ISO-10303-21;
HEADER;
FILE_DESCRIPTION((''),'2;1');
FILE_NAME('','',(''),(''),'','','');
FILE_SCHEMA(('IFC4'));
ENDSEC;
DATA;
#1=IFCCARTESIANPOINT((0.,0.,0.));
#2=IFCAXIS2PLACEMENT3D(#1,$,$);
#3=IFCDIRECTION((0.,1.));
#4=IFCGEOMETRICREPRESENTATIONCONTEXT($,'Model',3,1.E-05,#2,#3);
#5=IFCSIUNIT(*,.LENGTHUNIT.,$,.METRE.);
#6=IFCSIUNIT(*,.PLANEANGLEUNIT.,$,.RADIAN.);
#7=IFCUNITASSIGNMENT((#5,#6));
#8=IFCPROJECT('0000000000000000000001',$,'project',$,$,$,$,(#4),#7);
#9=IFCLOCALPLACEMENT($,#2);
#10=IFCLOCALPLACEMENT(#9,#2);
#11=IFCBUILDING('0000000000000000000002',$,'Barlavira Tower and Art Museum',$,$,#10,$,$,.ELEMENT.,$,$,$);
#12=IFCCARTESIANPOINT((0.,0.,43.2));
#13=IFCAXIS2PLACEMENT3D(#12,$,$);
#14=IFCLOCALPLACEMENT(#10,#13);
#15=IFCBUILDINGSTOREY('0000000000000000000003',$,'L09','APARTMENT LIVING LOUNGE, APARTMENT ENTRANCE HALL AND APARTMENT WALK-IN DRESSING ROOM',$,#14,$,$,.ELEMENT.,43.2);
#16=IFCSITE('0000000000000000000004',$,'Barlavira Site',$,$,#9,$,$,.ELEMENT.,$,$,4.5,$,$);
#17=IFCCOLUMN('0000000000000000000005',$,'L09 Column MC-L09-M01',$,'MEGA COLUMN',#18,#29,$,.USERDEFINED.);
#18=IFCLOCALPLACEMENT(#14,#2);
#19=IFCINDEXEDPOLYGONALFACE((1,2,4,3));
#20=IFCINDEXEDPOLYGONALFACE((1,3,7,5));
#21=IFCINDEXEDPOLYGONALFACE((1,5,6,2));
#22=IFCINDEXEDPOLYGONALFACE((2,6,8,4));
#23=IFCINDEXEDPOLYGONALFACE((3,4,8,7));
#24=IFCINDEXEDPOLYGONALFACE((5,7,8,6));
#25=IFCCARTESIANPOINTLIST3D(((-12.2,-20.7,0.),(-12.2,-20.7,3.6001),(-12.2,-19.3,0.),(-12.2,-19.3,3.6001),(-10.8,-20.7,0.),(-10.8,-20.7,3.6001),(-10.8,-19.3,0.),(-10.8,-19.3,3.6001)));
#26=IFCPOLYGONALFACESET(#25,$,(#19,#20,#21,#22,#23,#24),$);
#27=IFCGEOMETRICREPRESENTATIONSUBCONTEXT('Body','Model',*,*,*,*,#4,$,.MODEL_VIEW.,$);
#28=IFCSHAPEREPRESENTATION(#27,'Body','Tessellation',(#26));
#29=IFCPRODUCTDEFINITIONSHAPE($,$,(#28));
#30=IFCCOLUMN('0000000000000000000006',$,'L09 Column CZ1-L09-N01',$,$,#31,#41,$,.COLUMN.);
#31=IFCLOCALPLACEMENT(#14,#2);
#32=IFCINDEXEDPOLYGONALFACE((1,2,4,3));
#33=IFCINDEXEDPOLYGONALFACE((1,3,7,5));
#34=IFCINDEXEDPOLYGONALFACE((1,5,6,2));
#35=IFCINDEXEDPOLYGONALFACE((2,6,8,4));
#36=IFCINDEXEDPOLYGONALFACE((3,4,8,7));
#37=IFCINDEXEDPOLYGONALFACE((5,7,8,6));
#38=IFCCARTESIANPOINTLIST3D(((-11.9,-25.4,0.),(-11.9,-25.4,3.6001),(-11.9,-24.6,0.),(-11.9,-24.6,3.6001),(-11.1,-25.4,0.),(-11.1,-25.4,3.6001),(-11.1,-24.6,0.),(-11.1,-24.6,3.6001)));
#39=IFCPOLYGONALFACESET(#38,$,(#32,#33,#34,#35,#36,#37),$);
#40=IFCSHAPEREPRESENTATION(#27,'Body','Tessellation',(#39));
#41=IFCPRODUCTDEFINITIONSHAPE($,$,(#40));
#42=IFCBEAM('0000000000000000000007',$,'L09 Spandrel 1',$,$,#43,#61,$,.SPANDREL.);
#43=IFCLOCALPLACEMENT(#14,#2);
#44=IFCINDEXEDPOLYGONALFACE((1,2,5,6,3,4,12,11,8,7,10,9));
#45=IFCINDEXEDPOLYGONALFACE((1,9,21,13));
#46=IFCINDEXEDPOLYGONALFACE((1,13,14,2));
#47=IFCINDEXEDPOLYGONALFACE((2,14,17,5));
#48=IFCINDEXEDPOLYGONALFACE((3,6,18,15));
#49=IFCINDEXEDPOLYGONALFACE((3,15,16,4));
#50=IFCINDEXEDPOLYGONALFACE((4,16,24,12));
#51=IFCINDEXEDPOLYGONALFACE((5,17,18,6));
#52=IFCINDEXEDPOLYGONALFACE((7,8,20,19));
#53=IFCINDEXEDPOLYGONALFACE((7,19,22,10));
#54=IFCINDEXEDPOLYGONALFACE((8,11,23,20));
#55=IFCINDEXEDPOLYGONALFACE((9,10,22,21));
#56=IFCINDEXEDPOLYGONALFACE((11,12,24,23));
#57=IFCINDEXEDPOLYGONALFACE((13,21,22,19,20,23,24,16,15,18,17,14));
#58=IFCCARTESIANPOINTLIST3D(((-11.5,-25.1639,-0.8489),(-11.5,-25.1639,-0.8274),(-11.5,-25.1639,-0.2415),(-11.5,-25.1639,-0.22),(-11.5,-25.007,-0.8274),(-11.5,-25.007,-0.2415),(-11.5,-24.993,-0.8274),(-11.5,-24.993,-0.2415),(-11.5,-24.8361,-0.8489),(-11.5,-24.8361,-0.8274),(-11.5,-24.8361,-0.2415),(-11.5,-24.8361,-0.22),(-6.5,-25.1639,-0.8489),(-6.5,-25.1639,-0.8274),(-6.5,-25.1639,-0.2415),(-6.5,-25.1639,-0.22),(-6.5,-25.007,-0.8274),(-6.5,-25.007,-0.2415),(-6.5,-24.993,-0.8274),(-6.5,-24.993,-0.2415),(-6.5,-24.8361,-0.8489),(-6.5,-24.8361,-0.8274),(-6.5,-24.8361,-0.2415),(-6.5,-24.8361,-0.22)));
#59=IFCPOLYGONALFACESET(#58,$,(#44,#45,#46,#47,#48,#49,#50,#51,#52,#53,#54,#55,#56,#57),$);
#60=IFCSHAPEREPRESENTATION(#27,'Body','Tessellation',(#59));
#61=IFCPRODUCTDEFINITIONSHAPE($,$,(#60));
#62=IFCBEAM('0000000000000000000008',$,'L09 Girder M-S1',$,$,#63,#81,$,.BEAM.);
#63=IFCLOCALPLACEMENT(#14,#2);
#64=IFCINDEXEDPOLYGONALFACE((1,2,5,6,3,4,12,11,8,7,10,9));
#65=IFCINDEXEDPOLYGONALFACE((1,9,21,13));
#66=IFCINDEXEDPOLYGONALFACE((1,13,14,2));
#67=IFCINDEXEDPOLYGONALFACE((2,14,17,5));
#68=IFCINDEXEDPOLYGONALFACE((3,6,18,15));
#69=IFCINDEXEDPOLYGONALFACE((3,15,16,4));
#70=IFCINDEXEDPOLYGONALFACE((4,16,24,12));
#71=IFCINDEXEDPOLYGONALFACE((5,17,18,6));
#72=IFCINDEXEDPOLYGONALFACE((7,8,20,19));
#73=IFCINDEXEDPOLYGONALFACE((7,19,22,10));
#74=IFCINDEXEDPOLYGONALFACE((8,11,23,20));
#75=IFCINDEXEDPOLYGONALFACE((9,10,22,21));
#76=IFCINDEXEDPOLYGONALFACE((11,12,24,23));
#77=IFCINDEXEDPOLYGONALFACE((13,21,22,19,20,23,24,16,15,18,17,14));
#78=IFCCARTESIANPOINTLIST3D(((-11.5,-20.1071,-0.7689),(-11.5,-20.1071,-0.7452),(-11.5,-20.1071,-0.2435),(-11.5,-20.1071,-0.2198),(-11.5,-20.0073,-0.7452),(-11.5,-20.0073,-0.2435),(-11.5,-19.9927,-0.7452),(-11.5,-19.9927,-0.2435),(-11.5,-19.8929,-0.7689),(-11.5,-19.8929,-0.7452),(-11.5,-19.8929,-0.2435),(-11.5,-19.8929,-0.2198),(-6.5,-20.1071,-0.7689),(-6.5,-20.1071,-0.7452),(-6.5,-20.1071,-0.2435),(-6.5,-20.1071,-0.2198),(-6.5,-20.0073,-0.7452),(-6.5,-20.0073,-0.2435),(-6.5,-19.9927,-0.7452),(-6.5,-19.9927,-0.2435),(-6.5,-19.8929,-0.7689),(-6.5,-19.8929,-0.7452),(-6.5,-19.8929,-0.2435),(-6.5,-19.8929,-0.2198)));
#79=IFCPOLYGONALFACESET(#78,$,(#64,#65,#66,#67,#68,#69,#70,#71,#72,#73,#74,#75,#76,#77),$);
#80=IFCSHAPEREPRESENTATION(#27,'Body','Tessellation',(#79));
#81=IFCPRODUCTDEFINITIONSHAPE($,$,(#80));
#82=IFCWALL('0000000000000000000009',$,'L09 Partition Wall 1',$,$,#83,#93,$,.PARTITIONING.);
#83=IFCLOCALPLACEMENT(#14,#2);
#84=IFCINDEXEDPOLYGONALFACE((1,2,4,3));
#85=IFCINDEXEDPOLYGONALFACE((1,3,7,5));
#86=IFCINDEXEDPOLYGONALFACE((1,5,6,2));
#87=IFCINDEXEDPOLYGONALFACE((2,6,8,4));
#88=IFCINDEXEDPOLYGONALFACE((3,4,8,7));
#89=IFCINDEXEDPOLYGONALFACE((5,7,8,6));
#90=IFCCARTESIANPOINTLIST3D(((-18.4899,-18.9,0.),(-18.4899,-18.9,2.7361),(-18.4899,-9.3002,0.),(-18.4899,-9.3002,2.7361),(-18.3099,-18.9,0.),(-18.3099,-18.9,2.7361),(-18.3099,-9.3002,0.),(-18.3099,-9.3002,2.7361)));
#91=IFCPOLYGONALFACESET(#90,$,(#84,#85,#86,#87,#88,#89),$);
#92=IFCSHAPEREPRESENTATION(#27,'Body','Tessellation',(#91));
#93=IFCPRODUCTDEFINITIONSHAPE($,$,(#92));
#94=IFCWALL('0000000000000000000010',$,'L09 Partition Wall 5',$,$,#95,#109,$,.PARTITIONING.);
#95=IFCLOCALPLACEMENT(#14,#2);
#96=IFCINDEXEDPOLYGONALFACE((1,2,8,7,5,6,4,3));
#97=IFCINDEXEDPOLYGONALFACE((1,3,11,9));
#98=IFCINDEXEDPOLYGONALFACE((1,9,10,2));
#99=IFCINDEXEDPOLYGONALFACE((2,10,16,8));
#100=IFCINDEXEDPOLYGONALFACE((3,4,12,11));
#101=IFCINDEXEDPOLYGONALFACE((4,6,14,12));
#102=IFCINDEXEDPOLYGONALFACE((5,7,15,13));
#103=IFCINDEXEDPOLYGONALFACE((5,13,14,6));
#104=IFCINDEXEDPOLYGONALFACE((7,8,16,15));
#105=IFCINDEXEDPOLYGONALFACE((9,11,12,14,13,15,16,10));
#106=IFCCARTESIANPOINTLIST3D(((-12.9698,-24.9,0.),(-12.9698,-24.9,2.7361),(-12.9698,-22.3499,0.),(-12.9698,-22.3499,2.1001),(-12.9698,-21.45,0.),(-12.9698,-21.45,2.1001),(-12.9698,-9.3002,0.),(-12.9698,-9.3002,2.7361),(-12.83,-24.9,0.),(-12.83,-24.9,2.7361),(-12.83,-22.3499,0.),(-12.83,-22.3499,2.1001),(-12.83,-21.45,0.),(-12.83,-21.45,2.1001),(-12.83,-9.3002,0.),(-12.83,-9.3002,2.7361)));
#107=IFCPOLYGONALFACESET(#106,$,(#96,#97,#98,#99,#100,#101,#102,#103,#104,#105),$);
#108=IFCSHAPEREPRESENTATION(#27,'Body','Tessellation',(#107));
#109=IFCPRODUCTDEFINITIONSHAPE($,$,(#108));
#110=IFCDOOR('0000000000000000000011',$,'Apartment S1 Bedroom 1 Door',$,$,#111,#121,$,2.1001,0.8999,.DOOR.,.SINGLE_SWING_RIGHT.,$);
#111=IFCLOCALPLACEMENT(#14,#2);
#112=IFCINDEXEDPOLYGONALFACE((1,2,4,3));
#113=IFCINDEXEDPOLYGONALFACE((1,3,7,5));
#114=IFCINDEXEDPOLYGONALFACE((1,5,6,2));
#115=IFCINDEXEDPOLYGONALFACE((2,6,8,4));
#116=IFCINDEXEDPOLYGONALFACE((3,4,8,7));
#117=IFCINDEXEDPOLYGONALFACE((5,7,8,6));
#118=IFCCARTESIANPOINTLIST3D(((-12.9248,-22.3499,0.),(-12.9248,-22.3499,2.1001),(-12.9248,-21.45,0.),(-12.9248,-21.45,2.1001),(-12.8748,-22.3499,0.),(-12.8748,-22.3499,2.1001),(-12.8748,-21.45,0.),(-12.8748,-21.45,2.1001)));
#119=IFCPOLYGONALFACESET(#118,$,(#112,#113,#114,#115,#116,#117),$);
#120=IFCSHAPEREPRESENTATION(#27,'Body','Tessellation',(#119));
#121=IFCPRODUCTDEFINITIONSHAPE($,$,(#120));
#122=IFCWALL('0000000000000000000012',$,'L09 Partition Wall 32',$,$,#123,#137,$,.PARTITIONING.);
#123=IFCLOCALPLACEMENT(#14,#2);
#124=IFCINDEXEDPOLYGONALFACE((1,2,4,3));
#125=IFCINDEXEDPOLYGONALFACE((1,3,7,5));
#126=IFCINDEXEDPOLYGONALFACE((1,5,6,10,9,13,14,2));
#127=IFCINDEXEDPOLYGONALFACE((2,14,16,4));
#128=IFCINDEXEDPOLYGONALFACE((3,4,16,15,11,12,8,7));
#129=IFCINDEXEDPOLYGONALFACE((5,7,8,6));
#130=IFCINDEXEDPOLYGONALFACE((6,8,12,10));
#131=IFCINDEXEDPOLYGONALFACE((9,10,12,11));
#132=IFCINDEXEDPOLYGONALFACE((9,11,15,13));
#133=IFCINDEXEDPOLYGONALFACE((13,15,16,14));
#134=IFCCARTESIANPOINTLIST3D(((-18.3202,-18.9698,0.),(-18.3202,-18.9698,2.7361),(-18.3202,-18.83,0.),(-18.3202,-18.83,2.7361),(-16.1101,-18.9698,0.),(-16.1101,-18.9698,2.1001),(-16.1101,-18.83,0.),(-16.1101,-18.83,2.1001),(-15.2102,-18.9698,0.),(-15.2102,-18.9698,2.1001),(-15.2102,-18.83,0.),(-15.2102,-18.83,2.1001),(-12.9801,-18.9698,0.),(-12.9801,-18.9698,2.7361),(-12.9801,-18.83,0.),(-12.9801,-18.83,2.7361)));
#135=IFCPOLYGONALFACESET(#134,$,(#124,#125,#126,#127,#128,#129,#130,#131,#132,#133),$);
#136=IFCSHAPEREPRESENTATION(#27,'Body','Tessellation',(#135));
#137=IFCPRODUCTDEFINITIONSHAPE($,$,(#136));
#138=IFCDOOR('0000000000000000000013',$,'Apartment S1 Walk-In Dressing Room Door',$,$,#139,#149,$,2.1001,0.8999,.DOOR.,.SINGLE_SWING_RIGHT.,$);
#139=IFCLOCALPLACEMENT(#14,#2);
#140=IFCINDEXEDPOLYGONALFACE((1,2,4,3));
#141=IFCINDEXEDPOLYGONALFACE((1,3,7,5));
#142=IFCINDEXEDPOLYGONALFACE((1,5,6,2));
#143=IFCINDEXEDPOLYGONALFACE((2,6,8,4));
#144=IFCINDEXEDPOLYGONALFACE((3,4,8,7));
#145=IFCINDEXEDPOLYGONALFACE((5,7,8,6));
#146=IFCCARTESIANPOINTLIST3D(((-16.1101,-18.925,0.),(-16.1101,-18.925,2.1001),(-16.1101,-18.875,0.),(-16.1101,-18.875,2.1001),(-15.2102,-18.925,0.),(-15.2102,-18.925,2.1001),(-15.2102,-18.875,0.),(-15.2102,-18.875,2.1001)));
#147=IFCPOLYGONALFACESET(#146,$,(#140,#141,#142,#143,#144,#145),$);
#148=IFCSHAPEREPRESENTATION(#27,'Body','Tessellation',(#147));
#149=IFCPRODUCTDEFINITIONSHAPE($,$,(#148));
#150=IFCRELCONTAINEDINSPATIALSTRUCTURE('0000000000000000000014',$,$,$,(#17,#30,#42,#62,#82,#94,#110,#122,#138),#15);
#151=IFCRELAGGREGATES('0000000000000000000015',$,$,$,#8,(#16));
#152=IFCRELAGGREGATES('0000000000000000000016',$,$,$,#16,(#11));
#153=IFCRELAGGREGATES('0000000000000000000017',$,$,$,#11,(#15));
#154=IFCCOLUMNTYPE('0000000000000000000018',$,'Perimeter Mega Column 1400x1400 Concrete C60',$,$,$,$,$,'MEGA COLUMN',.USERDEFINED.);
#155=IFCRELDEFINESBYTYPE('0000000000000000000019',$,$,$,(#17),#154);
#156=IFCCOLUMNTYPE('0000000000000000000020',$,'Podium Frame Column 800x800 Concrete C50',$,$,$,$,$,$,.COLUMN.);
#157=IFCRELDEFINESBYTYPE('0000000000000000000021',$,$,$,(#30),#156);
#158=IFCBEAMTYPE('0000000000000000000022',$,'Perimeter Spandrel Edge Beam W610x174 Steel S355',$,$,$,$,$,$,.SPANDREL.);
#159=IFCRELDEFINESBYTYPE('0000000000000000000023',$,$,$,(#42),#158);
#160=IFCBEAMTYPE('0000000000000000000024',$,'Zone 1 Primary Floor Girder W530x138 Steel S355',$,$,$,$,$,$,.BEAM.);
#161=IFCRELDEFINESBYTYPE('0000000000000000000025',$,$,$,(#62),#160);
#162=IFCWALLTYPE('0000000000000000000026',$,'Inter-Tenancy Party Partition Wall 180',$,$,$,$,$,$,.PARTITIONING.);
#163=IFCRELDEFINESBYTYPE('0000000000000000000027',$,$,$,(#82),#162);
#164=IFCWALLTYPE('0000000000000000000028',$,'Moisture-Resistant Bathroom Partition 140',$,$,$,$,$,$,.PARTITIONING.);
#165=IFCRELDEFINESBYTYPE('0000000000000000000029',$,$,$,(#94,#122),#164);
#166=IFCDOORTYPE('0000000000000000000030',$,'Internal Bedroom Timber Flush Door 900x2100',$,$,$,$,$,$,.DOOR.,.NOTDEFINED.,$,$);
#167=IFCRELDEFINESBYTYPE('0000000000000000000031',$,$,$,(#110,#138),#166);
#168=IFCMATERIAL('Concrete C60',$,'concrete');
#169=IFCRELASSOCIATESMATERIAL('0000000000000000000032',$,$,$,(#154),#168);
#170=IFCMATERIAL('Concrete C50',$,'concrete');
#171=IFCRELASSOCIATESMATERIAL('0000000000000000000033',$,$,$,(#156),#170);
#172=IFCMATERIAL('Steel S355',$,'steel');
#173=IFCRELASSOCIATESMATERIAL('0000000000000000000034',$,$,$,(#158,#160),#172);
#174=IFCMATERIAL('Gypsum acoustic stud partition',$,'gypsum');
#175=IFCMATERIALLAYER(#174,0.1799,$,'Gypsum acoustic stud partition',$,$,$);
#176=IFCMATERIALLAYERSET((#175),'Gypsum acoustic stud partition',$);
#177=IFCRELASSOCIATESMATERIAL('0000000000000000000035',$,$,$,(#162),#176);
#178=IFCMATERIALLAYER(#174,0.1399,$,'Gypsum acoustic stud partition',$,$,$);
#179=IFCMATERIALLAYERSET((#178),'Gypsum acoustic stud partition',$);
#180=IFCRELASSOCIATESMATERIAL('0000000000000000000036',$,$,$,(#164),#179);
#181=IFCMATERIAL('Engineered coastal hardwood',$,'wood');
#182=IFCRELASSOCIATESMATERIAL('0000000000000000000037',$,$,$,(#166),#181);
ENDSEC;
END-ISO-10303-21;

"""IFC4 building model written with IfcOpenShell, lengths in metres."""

from ifc_helpers import new_model, si_unit, direction, frame, frame_2d, origin, origin_2d, place, context, subcontext, project, spatial, rectangle, i_section, extrude, material, layer, layer_set, material_profile, profile_set, type_object, element, fill, save


model = new_model("IFC4")

# Units and contexts
model_context = context("Model", 3, precision=1e-05, world=origin(), true_north=direction((0.0, 1.0)))
body_context = subcontext(model_context, "Body", "Model", "MODEL_VIEW")
ifc_project = project(units=[si_unit("LENGTHUNIT", "METRE"), si_unit("PLANEANGLEUNIT", "RADIAN")], contexts=[model_context])

# Site, building, storey
site_placement = place(None, origin())
site = spatial("IfcSite", under=ifc_project, at=site_placement, Name="Barlavira Site", CompositionType="ELEMENT", RefElevation=4.5)
building_placement = place(site_placement, origin())
building = spatial("IfcBuilding", under=site, at=building_placement, Name="Barlavira Tower and Art Museum", CompositionType="ELEMENT")
storey_placement = place(building_placement, frame((0.0, 0.0, 43.2)))
storey = spatial("IfcBuildingStorey", under=building, at=storey_placement, Name="L09", Description="APARTMENT LIVING LOUNGE, APARTMENT ENTRANCE HALL AND APARTMENT WALK-IN DRESSING ROOM", CompositionType="ELEMENT", Elevation=43.2)

# Columns
ifc_material_1 = material(Name="Concrete C60", Category="concrete")
ifc_material_profile_1 = material_profile(ifc_material_1, rectangle(XDim=1.3999, YDim=1.3999, at=origin_2d()), Name="RC-MCOL 1400x1400")
ifc_profile_set_1 = profile_set([ifc_material_profile_1], Name="Concrete C60")
column_type_1 = type_object("IfcColumnType", Name="Perimeter Mega Column 1400x1400 Concrete C60", ElementType="MEGA COLUMN", PredefinedType="USERDEFINED", material=ifc_profile_set_1)
column_1_placement = place(storey_placement, frame((-11.5, -20.0, 0.0), z_axis=(0.0, 0.0, 1.0), x_axis=(1.0, 0.0, 0.0)))
element("IfcColumn", 1, at=column_1_placement, inside=storey, type_object=column_type_1, Name="L09 Column MC-L09-M01", ObjectType="MEGA COLUMN", PredefinedType="USERDEFINED", context=body_context, shape_type="SweptSolid", body=[
    extrude(rectangle(XDim=1.3999, YDim=1.3999, at=origin_2d()), origin(), (0.0, 0.0, 1.0), 3.6001),
])
ifc_material_2 = material(Name="Concrete C50", Category="concrete")
ifc_material_profile_2 = material_profile(ifc_material_2, rectangle(XDim=0.8, YDim=0.8, at=origin_2d()), Name="RC-COL 800x800")
ifc_profile_set_2 = profile_set([ifc_material_profile_2], Name="Concrete C50")
column_type_2 = type_object("IfcColumnType", Name="Podium Frame Column 800x800 Concrete C50", PredefinedType="COLUMN", material=ifc_profile_set_2)
column_2_placement = place(storey_placement, frame((-11.5, -25.0, 0.0), z_axis=(0.0, 0.0, 1.0), x_axis=(1.0, 0.0, 0.0)))
element("IfcColumn", 2, at=column_2_placement, inside=storey, type_object=column_type_2, Name="L09 Column CZ1-L09-N01", PredefinedType="COLUMN", context=body_context, shape_type="SweptSolid", body=[
    extrude(rectangle(XDim=0.8, YDim=0.8, at=origin_2d()), origin(), (0.0, 0.0, 1.0), 3.6001),
])

# Beams
ifc_material_3 = material(Name="Steel S355", Category="steel")
ifc_material_profile_3 = material_profile(ifc_material_3, i_section(OverallWidth=0.3279, OverallDepth=0.6289, WebThickness=0.0139, FlangeThickness=0.0215, at=origin_2d()), Name="W610x174.0")
ifc_profile_set_3 = profile_set([ifc_material_profile_3], Name="Steel S355")
beam_type_1 = type_object("IfcBeamType", Name="Perimeter Spandrel Edge Beam W610x174 Steel S355", PredefinedType="SPANDREL", material=ifc_profile_set_3)
beam_1_placement = place(storey_placement, frame((-11.5, -25.0, -0.5344), z_axis=(1.0, 0.0, 0.0), x_axis=(0.0, 1.0, 0.0)))
element("IfcBeam", 3, at=beam_1_placement, inside=storey, type_object=beam_type_1, Name="L09 Spandrel 1", PredefinedType="SPANDREL", context=body_context, shape_type="SweptSolid", body=[
    extrude(i_section(OverallWidth=0.3279, OverallDepth=0.6289, WebThickness=0.0139, FlangeThickness=0.0215, at=origin_2d()), origin(), (0.0, 0.0, 1.0), 5.0),
])
ifc_material_profile_4 = material_profile(ifc_material_3, i_section(OverallWidth=0.2141, OverallDepth=0.5491, WebThickness=0.0146, FlangeThickness=0.0237, at=origin_2d()), Name="W530x138.0")
ifc_profile_set_4 = profile_set([ifc_material_profile_4], Name="Steel S355")
beam_type_2 = type_object("IfcBeamType", Name="Zone 1 Primary Floor Girder W530x138 Steel S355", PredefinedType="BEAM", material=ifc_profile_set_4)
beam_2_placement = place(storey_placement, frame((-11.5, -20.0, -0.4944), z_axis=(1.0, 0.0, 0.0), x_axis=(0.0, 1.0, 0.0)))
element("IfcBeam", 4, at=beam_2_placement, inside=storey, type_object=beam_type_2, Name="L09 Girder M-S1", PredefinedType="BEAM", context=body_context, shape_type="SweptSolid", body=[
    extrude(i_section(OverallWidth=0.2141, OverallDepth=0.5491, WebThickness=0.0146, FlangeThickness=0.0237, at=origin_2d()), origin(), (0.0, 0.0, 1.0), 5.0),
])

# Wall
ifc_material_4 = material(Name="Gypsum acoustic stud partition", Category="gypsum")
ifc_layer_1 = layer(ifc_material_4, 0.1799, Name="Gypsum acoustic stud partition")
ifc_layer_set_1 = layer_set([ifc_layer_1], Name="Gypsum acoustic stud partition")
wall_type_1 = type_object("IfcWallType", Name="Inter-Tenancy Party Partition Wall 180", PredefinedType="PARTITIONING", material=ifc_layer_set_1)
wall_1_placement = place(storey_placement, frame((-18.3999, -18.8999, 0.0), z_axis=(0.0, 0.0, 1.0), x_axis=(0.0, 1.0, 0.0)))
element("IfcWall", 5, at=wall_1_placement, inside=storey, type_object=wall_type_1, Name="L09 Partition Wall 1", PredefinedType="PARTITIONING", context=body_context, shape_type="SweptSolid", body=[
    extrude(rectangle(XDim=9.5999, YDim=0.1799, at=frame_2d((4.7998, 0.0))), origin(), (0.0, 0.0, 1.0), 2.7361),
])

# Walls, openings, doors
ifc_layer_2 = layer(ifc_material_4, 0.1399, Name="Gypsum acoustic stud partition")
ifc_layer_set_2 = layer_set([ifc_layer_2], Name="Gypsum acoustic stud partition")
wall_type_2 = type_object("IfcWallType", Name="Moisture-Resistant Bathroom Partition 140", PredefinedType="PARTITIONING", material=ifc_layer_set_2)
wall_2_placement = place(storey_placement, frame((-12.8999, -24.8999, 0.0), z_axis=(0.0, 0.0, 1.0), x_axis=(0.0, 1.0, 0.0)))
wall_2 = element("IfcWall", 6, at=wall_2_placement, inside=storey, type_object=wall_type_2, Name="L09 Partition Wall 5", PredefinedType="PARTITIONING", context=body_context, shape_type="SweptSolid", body=[
    extrude(rectangle(XDim=15.5999, YDim=0.1399, at=frame_2d((7.7998, 0.0))), origin(), (0.0, 0.0, 1.0), 2.7361),
])
opening_1_placement = place(wall_2_placement, frame((2.55, 0.0, 0.0)))
opening_1 = element("IfcOpeningElement", 7, at=opening_1_placement, cuts=wall_2, PredefinedType="OPENING", context=body_context, shape_type="SweptSolid", body=[
    extrude(rectangle(XDim=0.8999, YDim=2.1001, at=frame_2d((0.45, 1.05))), frame((0.0, 0.0801, 0.0), z_axis=(0.0, -1.0, 0.0), x_axis=(1.0, 0.0, 0.0)), (0.0, 0.0, 1.0), 0.1599),
])
ifc_material_5 = material(Name="Engineered coastal hardwood", Category="wood")
door_type = type_object("IfcDoorType", Name="Internal Bedroom Timber Flush Door 900x2100", OperationType="NOTDEFINED", PredefinedType="DOOR", material=ifc_material_5)
door_1_placement = place(opening_1_placement, origin())
door_1 = element("IfcDoor", 8, at=door_1_placement, inside=storey, type_object=door_type, Name="Apartment S1 Bedroom 1 Door", OperationType="SINGLE_SWING_RIGHT", OverallHeight=2.1001, OverallWidth=0.8999, PredefinedType="DOOR", context=body_context, shape_type="SweptSolid", body=[
    extrude(rectangle(XDim=0.8999, YDim=2.1001, at=frame_2d((0.45, 1.05))), frame((0.0, 0.0249, 0.0), z_axis=(0.0, -1.0, 0.0), x_axis=(1.0, 0.0, 0.0)), (0.0, 0.0, 1.0), 0.05),
])
fill(opening_1, door_1)
wall_3_placement = place(storey_placement, frame((-18.3201, -18.8999, 0.0), z_axis=(0.0, 0.0, 1.0), x_axis=(1.0, 0.0, 0.0)))
wall_3 = element("IfcWall", 9, at=wall_3_placement, inside=storey, type_object=wall_type_2, Name="L09 Partition Wall 32", PredefinedType="PARTITIONING", context=body_context, shape_type="SweptSolid", body=[
    extrude(rectangle(XDim=5.3401, YDim=0.1399, at=frame_2d((2.6699, 0.0))), origin(), (0.0, 0.0, 1.0), 2.7361),
])
opening_2_placement = place(wall_3_placement, frame((2.21, 0.0, 0.0)))
opening_2 = element("IfcOpeningElement", 10, at=opening_2_placement, cuts=wall_3, PredefinedType="OPENING", context=body_context, shape_type="SweptSolid", body=[
    extrude(rectangle(XDim=0.8999, YDim=2.1001, at=frame_2d((0.45, 1.05))), frame((0.0, 0.0801, 0.0), z_axis=(0.0, -1.0, 0.0), x_axis=(1.0, 0.0, 0.0)), (0.0, 0.0, 1.0), 0.1599),
])
door_2_placement = place(opening_2_placement, origin())
door_2 = element("IfcDoor", 11, at=door_2_placement, inside=storey, type_object=door_type, Name="Apartment S1 Walk-In Dressing Room Door", OperationType="SINGLE_SWING_RIGHT", OverallHeight=2.1001, OverallWidth=0.8999, PredefinedType="DOOR", context=body_context, shape_type="SweptSolid", body=[
    extrude(rectangle(XDim=0.8999, YDim=2.1001, at=frame_2d((0.45, 1.05))), frame((0.0, 0.0249, 0.0), z_axis=(0.0, -1.0, 0.0), x_axis=(1.0, 0.0, 0.0)), (0.0, 0.0, 1.0), 0.05),
])
fill(opening_2, door_2)

save(model, "model.ifc")
